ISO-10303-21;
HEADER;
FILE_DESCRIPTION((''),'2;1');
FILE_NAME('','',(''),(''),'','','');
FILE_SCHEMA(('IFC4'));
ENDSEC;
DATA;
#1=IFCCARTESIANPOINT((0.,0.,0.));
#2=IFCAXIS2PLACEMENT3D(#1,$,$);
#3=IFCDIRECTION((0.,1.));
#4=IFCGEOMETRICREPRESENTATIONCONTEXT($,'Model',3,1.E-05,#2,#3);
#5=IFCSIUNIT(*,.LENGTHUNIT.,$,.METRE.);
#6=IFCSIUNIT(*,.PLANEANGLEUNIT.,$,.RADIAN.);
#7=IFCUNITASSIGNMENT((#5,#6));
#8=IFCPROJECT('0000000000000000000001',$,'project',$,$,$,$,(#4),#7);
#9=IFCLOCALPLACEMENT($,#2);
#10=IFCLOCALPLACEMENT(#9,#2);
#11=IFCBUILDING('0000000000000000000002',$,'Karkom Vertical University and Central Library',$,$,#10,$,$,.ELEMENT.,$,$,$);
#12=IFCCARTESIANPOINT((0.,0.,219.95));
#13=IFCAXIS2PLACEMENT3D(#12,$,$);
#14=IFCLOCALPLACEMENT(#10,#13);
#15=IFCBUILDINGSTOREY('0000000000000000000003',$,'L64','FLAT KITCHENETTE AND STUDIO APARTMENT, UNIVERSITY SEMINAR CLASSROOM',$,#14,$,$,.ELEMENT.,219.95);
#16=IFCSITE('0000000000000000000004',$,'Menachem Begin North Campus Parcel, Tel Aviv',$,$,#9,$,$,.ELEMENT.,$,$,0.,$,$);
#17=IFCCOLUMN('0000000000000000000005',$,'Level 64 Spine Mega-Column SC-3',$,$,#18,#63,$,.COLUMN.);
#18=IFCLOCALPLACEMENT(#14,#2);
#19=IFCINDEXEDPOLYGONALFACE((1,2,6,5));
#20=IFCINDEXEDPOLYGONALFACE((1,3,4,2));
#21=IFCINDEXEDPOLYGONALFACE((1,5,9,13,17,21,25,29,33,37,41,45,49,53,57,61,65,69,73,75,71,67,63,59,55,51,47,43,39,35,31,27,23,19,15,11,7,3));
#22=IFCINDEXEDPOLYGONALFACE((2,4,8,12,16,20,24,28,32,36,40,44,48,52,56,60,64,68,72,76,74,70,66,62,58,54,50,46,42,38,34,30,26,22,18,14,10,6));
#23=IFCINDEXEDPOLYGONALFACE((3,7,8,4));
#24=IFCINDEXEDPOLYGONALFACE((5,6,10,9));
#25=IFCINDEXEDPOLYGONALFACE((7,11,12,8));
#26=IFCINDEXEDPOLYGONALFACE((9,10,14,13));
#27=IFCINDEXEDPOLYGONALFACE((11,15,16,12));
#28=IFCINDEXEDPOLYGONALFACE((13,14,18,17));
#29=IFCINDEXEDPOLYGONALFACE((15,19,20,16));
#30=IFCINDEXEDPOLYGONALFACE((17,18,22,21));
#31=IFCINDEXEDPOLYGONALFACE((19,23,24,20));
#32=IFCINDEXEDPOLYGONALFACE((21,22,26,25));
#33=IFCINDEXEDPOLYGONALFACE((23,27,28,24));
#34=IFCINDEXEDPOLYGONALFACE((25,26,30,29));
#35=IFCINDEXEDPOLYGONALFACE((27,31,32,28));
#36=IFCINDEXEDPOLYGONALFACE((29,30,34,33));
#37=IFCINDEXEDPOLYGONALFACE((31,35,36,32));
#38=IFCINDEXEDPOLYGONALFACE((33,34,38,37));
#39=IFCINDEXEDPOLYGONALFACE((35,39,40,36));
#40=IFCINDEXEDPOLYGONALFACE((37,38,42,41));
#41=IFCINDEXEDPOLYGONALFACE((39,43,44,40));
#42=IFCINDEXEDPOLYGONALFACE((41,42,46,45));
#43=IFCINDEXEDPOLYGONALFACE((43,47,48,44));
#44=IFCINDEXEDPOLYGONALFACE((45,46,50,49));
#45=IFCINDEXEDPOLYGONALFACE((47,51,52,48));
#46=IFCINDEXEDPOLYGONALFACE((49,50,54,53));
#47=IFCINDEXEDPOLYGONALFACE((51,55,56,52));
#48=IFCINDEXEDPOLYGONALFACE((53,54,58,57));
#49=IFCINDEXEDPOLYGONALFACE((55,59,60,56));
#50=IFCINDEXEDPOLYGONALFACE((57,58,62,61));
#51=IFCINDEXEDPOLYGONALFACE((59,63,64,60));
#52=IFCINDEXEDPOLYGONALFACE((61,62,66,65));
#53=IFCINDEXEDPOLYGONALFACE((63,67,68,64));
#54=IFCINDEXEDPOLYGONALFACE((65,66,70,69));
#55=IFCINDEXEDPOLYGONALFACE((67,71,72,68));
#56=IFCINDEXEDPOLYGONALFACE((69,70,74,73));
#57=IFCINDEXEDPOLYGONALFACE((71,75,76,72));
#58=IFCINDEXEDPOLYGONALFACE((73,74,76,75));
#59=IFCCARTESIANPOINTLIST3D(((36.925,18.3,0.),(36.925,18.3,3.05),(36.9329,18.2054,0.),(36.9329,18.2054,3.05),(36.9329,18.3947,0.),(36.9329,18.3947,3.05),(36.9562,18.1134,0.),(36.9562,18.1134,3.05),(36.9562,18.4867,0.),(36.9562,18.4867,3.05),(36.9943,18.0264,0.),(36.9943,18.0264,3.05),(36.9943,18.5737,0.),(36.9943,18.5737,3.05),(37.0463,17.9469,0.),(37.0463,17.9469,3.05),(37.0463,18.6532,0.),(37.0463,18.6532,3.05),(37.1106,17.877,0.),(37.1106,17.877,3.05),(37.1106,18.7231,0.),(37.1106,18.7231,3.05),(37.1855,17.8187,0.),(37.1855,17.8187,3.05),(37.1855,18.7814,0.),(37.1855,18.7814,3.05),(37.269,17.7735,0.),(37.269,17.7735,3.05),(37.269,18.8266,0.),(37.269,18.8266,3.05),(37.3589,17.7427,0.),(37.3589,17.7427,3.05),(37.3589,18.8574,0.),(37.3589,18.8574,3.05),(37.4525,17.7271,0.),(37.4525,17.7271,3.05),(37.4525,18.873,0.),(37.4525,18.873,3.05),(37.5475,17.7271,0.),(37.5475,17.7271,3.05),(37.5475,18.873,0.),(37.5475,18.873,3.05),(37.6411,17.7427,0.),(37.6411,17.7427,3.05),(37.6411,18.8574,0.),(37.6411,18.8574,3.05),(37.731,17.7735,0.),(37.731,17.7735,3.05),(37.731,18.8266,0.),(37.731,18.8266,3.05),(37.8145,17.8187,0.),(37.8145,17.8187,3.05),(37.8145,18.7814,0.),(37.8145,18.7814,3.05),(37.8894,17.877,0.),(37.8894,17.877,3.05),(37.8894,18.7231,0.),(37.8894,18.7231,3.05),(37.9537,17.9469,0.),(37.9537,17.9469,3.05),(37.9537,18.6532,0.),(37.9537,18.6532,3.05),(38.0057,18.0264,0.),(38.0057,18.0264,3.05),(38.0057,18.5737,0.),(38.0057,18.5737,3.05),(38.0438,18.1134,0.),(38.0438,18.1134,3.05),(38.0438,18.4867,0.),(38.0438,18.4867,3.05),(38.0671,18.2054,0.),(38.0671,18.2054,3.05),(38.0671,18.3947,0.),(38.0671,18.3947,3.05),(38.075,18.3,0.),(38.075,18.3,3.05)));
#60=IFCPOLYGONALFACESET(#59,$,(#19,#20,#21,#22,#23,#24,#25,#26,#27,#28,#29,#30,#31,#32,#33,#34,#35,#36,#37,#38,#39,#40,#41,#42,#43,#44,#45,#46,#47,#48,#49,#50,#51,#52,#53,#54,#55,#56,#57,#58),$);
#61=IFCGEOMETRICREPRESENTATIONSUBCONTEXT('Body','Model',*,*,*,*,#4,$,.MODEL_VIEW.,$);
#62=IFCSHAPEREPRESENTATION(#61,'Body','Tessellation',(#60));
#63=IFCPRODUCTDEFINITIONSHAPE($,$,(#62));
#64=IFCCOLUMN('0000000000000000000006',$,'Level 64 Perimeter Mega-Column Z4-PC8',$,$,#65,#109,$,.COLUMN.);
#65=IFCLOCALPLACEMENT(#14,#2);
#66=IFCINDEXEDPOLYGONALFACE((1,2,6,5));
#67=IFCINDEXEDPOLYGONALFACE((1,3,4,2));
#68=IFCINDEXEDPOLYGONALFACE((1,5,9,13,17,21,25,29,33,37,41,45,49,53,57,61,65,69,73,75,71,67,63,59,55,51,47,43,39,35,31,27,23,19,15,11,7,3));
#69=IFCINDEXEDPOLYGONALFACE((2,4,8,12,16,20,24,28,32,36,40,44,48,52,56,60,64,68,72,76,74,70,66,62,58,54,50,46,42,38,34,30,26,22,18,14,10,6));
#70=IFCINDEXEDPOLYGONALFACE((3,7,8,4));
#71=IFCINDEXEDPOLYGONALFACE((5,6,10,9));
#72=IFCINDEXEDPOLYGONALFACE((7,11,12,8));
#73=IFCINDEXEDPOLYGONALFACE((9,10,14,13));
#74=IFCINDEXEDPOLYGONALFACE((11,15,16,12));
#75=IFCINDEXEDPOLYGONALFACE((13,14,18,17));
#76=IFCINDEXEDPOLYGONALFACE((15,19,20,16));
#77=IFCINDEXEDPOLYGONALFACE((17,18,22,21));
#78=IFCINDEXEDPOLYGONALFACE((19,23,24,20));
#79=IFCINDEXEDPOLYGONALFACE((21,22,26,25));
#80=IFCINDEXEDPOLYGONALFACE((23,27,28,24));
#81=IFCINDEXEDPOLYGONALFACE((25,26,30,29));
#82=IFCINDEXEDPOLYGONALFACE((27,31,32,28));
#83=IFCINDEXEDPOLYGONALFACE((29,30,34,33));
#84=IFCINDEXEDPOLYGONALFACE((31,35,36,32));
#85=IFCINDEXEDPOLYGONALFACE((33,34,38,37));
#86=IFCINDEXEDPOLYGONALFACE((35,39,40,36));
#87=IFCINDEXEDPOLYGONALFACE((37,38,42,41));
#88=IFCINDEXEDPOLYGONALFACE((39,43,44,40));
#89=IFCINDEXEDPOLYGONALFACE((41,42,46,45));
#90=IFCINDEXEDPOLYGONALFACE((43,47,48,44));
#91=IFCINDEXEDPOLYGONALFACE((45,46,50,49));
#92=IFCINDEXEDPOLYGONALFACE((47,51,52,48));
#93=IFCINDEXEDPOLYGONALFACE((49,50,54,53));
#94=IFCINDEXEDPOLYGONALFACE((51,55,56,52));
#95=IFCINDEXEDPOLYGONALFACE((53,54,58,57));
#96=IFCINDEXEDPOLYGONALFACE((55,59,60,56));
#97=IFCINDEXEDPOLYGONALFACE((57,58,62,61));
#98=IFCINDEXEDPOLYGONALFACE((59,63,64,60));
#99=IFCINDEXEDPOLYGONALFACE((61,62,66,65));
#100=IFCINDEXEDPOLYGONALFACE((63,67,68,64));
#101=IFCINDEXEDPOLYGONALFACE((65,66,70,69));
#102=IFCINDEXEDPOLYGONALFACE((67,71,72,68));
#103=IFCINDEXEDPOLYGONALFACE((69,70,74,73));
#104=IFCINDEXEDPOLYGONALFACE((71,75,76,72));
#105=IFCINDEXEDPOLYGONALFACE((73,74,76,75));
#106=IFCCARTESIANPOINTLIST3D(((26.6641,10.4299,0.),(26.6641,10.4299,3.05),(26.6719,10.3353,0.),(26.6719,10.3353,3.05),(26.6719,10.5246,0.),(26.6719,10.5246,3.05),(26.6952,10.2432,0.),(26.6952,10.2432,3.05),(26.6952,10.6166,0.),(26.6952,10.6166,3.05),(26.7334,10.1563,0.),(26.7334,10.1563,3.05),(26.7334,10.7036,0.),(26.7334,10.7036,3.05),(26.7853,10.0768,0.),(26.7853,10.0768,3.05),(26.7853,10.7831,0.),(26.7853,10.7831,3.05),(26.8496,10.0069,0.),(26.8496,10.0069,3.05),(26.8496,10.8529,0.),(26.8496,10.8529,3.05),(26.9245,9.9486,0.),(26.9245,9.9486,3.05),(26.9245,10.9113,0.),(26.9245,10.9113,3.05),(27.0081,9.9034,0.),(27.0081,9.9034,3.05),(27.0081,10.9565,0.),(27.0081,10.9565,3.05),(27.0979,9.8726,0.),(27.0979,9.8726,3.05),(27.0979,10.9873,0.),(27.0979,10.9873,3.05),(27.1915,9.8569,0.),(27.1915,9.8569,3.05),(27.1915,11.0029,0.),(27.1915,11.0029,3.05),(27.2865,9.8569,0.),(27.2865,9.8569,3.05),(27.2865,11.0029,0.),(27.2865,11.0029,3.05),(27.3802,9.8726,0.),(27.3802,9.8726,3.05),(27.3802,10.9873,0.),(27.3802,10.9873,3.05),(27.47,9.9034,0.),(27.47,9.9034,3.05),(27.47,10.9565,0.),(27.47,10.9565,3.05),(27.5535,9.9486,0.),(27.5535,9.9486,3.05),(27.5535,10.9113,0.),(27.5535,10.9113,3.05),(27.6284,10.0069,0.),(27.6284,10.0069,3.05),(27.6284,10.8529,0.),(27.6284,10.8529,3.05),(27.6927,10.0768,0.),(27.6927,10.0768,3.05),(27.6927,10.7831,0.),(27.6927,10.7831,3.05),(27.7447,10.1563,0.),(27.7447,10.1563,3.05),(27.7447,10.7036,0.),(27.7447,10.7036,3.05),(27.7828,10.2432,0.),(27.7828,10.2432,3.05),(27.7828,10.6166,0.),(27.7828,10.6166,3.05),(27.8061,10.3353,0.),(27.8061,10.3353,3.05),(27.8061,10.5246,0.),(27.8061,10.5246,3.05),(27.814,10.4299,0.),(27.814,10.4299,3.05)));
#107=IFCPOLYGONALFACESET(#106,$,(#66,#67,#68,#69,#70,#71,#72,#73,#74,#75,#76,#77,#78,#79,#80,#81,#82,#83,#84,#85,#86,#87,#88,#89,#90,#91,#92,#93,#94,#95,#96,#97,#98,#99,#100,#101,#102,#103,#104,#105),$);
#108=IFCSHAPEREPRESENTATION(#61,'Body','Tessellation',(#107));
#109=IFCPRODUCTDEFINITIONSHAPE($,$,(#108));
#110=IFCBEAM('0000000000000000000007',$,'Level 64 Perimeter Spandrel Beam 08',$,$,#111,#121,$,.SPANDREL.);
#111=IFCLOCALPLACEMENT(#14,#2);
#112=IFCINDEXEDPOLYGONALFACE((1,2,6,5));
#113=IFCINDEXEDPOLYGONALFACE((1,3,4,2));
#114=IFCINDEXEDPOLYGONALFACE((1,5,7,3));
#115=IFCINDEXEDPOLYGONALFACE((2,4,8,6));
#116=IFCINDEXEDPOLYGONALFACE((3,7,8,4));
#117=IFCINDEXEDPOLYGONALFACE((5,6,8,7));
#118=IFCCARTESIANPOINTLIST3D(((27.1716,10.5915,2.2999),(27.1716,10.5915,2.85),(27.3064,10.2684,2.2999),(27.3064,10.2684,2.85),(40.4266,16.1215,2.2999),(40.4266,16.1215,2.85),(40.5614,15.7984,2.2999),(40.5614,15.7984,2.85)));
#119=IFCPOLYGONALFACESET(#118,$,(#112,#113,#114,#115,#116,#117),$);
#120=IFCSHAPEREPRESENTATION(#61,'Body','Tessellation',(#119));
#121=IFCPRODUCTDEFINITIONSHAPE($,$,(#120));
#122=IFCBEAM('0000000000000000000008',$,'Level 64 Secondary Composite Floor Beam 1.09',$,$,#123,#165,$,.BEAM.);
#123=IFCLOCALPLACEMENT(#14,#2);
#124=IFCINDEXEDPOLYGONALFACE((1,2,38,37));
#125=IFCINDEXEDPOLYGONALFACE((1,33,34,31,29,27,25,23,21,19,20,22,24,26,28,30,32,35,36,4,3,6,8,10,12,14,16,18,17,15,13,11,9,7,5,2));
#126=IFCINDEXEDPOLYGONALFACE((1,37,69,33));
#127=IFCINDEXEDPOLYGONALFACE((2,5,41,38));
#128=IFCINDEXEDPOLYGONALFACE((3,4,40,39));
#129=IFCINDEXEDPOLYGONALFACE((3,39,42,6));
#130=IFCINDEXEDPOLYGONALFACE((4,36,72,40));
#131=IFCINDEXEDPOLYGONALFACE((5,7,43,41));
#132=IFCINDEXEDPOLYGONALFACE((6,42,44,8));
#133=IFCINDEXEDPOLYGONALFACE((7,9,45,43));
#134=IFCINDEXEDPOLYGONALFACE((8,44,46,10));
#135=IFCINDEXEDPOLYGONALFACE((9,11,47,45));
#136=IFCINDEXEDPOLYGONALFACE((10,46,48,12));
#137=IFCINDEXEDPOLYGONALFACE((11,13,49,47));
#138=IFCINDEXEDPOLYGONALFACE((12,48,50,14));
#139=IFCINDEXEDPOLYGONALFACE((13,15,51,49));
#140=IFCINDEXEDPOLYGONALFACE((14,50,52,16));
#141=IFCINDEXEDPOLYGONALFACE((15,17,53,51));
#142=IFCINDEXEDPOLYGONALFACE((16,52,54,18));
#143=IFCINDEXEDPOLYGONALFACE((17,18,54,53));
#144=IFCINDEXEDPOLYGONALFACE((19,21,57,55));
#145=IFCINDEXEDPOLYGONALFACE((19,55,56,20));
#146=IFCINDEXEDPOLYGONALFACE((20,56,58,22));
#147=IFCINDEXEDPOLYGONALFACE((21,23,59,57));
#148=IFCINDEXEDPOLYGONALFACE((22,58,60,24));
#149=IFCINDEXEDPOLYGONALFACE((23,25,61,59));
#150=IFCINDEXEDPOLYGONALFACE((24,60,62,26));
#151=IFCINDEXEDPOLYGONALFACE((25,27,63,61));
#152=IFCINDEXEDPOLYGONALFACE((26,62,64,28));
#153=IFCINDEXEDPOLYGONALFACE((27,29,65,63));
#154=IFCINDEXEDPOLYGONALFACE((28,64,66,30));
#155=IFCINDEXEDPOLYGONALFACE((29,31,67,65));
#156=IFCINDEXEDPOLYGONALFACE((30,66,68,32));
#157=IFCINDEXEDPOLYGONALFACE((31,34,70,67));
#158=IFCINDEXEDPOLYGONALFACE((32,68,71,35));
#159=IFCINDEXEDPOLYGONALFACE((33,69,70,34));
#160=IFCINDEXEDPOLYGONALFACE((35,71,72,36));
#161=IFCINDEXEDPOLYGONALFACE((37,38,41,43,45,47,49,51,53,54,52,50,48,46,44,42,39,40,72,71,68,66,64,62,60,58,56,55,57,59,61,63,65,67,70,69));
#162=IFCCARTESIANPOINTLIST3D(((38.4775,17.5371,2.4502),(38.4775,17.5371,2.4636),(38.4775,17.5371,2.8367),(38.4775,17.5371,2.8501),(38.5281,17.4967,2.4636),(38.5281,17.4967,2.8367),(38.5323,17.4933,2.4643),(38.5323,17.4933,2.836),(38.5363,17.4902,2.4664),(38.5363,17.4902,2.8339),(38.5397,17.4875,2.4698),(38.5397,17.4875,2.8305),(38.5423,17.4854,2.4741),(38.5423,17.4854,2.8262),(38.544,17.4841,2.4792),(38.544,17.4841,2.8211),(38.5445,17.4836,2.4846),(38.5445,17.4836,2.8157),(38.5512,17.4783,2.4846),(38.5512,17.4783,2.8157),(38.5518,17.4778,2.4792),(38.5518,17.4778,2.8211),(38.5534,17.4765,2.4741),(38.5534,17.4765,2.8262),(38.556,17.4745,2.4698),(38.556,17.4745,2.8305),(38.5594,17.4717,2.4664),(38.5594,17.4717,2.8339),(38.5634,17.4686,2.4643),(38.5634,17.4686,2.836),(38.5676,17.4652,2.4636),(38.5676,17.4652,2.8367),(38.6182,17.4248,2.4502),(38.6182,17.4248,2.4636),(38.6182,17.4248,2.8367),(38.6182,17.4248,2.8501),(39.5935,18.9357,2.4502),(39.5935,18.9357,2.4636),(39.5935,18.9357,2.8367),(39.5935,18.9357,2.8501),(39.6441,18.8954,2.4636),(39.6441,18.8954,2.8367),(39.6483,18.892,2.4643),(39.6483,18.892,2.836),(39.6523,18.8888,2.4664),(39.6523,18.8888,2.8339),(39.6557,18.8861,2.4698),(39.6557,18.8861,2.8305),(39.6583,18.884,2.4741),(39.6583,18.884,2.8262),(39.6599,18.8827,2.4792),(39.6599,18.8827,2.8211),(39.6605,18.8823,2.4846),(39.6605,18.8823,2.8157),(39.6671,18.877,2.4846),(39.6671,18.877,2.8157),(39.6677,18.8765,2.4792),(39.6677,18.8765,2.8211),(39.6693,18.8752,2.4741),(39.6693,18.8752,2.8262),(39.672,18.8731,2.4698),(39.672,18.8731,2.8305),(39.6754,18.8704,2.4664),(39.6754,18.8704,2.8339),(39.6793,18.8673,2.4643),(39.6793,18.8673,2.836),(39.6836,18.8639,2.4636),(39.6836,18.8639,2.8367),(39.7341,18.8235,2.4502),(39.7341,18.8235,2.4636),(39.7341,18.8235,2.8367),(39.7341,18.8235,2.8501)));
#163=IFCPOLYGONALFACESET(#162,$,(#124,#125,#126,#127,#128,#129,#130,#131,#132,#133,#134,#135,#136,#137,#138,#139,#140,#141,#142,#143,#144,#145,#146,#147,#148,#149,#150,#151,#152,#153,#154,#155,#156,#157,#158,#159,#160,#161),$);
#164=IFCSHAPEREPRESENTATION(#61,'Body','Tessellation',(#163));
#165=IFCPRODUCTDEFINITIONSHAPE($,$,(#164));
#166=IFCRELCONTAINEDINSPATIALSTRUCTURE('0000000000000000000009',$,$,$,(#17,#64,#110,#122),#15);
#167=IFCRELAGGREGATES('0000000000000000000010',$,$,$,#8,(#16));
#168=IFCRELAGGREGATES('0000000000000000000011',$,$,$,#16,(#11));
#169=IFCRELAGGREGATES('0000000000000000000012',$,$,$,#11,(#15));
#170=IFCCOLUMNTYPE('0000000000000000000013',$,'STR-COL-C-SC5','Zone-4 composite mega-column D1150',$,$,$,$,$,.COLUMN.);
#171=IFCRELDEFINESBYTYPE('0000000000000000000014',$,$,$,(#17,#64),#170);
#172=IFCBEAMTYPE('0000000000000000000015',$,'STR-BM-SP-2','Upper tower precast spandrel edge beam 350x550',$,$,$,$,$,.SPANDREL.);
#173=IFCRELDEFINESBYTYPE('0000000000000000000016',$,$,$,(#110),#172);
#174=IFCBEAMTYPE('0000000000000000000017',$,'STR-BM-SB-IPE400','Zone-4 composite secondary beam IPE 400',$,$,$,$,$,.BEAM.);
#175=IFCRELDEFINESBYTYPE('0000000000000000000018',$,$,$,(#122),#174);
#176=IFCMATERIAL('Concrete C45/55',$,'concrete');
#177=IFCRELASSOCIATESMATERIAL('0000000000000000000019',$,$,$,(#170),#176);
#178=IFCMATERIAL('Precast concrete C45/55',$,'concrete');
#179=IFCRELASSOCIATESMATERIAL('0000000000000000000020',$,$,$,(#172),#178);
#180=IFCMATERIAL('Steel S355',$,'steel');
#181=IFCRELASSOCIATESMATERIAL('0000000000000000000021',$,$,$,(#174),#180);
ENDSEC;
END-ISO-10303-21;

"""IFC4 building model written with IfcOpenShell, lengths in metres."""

from ifc_helpers import new_model, si_unit, direction, frame, origin, origin_with_axes, origin_2d, place, context, subcontext, project, spatial, rectangle, circle, i_section, extrude, source, transform, mapped, material, material_profile, profile_set, type_object, element, save


model = new_model("IFC4")

# Units and contexts
model_context = context("Model", 3, precision=1e-05, world=origin(), true_north=direction((0.0, 1.0)))
body_context = subcontext(model_context, "Body", "Model", "MODEL_VIEW")
ifc_project = project(units=[si_unit("LENGTHUNIT", "METRE"), si_unit("PLANEANGLEUNIT", "RADIAN")], contexts=[model_context])

# Site, building, storey
site_placement = place(None, origin())
site = spatial("IfcSite", under=ifc_project, at=site_placement, Name="Menachem Begin North Campus Parcel, Tel Aviv", CompositionType="ELEMENT", RefElevation=0.0)
building_placement = place(site_placement, origin())
building = spatial("IfcBuilding", under=site, at=building_placement, Name="Karkom Vertical University and Central Library", CompositionType="ELEMENT")
storey_placement = place(building_placement, frame((0.0, 0.0, 219.95)))
storey = spatial("IfcBuildingStorey", under=building, at=storey_placement, Name="L64", Description="FLAT KITCHENETTE AND STUDIO APARTMENT, UNIVERSITY SEMINAR CLASSROOM", CompositionType="ELEMENT", Elevation=219.95)

# Columns
ifc_material_1 = material(Name="Concrete C45/55", Category="concrete")
ifc_material_profile_1 = material_profile(ifc_material_1, circle(Radius=0.575, at=origin_2d()), Name="CFT-D1150")
ifc_profile_set_1 = profile_set([ifc_material_profile_1], Name="Concrete C45/55")
column_type = type_object("IfcColumnType", Name="STR-COL-C-SC5", Description="Zone-4 composite mega-column D1150", PredefinedType="COLUMN", material=ifc_profile_set_1)
shared_shape_1 = source(origin_with_axes(), body_context, "Body", "SweptSolid", [
    extrude(circle(Radius=0.575, at=origin_2d()), origin(), (0.0, 0.0, 1.0), 3.05),
])
for number, where, z_axis, x_axis, name in (
    (1, (37.5, 18.3, 0.0), (0.0, 0.0, 1.0), (1.0, 0.0, 0.0), "Level 64 Spine Mega-Column SC-3"),
    (2, (27.239, 10.4299, 0.0), (0.0, 0.0, 1.0), (1.0, 0.0, 0.0), "Level 64 Perimeter Mega-Column Z4-PC8"),
):
    element("IfcColumn", number, at=place(storey_placement, frame(where, z_axis=z_axis, x_axis=x_axis)), inside=storey, type_object=column_type, Name=name, PredefinedType="COLUMN", context=body_context, shape_type="MappedRepresentation", body=[
        mapped(shared_shape_1, transform((0.0, 0.0, 0.0), scale=1.0)),
    ])

# Beams
ifc_material_2 = material(Name="Precast concrete C45/55", Category="concrete")
ifc_material_profile_2 = material_profile(ifc_material_2, rectangle(XDim=0.3501, YDim=0.55, at=origin_2d()), Name="SPB-350x550")
ifc_profile_set_2 = profile_set([ifc_material_profile_2], Name="Precast concrete C45/55")
beam_type_1 = type_object("IfcBeamType", Name="STR-BM-SP-2", Description="Upper tower precast spandrel edge beam 350x550", PredefinedType="SPANDREL", material=ifc_profile_set_2)
shared_shape_2 = source(origin_with_axes(), body_context, "Body", "SweptSolid", [
    extrude(rectangle(XDim=0.3501, YDim=0.55, at=origin_2d()), origin(), (0.0, 0.0, 1.0), 14.3623),
])
beam_1_placement = place(storey_placement, frame((27.239, 10.4299, 2.575), z_axis=(0.9229, 0.38504, 0.0), x_axis=(-0.38504, 0.9229, 0.0)))
element("IfcBeam", 3, at=beam_1_placement, inside=storey, type_object=beam_type_1, Name="Level 64 Perimeter Spandrel Beam 08", PredefinedType="SPANDREL", context=body_context, shape_type="MappedRepresentation", body=[
    mapped(shared_shape_2, transform((0.0, 0.0, 0.0), scale=1.0)),
])
ifc_material_3 = material(Name="Steel S355", Category="steel")
ifc_material_profile_3 = material_profile(ifc_material_3, i_section(OverallWidth=0.1799, OverallDepth=0.3999, WebThickness=0.0085, FlangeThickness=0.0134, FilletRadius=0.021, at=origin_2d()), Name="IPE 400")
ifc_profile_set_3 = profile_set([ifc_material_profile_3], Name="Steel S355")
beam_type_2 = type_object("IfcBeamType", Name="STR-BM-SB-IPE400", Description="Zone-4 composite secondary beam IPE 400", PredefinedType="BEAM", material=ifc_profile_set_3)
shared_shape_3 = source(origin_with_axes(), body_context, "Body", "SweptSolid", [
    extrude(i_section(OverallWidth=0.1799, OverallDepth=0.3999, WebThickness=0.0085, FlangeThickness=0.0134, FilletRadius=0.021, at=origin_2d()), origin(), (0.0, 0.0, 1.0), 1.7893),
])
beam_2_placement = place(storey_placement, frame((38.5479, 17.481, 2.6501), z_axis=(0.62368, 0.78168, 0.0), x_axis=(-0.78168, 0.62368, 0.0)))
element("IfcBeam", 4, at=beam_2_placement, inside=storey, type_object=beam_type_2, Name="Level 64 Secondary Composite Floor Beam 1.09", PredefinedType="BEAM", context=body_context, shape_type="MappedRepresentation", body=[
    mapped(shared_shape_3, transform((0.0, 0.0, 0.0), scale=1.0)),
])

save(model, "model.ifc")
